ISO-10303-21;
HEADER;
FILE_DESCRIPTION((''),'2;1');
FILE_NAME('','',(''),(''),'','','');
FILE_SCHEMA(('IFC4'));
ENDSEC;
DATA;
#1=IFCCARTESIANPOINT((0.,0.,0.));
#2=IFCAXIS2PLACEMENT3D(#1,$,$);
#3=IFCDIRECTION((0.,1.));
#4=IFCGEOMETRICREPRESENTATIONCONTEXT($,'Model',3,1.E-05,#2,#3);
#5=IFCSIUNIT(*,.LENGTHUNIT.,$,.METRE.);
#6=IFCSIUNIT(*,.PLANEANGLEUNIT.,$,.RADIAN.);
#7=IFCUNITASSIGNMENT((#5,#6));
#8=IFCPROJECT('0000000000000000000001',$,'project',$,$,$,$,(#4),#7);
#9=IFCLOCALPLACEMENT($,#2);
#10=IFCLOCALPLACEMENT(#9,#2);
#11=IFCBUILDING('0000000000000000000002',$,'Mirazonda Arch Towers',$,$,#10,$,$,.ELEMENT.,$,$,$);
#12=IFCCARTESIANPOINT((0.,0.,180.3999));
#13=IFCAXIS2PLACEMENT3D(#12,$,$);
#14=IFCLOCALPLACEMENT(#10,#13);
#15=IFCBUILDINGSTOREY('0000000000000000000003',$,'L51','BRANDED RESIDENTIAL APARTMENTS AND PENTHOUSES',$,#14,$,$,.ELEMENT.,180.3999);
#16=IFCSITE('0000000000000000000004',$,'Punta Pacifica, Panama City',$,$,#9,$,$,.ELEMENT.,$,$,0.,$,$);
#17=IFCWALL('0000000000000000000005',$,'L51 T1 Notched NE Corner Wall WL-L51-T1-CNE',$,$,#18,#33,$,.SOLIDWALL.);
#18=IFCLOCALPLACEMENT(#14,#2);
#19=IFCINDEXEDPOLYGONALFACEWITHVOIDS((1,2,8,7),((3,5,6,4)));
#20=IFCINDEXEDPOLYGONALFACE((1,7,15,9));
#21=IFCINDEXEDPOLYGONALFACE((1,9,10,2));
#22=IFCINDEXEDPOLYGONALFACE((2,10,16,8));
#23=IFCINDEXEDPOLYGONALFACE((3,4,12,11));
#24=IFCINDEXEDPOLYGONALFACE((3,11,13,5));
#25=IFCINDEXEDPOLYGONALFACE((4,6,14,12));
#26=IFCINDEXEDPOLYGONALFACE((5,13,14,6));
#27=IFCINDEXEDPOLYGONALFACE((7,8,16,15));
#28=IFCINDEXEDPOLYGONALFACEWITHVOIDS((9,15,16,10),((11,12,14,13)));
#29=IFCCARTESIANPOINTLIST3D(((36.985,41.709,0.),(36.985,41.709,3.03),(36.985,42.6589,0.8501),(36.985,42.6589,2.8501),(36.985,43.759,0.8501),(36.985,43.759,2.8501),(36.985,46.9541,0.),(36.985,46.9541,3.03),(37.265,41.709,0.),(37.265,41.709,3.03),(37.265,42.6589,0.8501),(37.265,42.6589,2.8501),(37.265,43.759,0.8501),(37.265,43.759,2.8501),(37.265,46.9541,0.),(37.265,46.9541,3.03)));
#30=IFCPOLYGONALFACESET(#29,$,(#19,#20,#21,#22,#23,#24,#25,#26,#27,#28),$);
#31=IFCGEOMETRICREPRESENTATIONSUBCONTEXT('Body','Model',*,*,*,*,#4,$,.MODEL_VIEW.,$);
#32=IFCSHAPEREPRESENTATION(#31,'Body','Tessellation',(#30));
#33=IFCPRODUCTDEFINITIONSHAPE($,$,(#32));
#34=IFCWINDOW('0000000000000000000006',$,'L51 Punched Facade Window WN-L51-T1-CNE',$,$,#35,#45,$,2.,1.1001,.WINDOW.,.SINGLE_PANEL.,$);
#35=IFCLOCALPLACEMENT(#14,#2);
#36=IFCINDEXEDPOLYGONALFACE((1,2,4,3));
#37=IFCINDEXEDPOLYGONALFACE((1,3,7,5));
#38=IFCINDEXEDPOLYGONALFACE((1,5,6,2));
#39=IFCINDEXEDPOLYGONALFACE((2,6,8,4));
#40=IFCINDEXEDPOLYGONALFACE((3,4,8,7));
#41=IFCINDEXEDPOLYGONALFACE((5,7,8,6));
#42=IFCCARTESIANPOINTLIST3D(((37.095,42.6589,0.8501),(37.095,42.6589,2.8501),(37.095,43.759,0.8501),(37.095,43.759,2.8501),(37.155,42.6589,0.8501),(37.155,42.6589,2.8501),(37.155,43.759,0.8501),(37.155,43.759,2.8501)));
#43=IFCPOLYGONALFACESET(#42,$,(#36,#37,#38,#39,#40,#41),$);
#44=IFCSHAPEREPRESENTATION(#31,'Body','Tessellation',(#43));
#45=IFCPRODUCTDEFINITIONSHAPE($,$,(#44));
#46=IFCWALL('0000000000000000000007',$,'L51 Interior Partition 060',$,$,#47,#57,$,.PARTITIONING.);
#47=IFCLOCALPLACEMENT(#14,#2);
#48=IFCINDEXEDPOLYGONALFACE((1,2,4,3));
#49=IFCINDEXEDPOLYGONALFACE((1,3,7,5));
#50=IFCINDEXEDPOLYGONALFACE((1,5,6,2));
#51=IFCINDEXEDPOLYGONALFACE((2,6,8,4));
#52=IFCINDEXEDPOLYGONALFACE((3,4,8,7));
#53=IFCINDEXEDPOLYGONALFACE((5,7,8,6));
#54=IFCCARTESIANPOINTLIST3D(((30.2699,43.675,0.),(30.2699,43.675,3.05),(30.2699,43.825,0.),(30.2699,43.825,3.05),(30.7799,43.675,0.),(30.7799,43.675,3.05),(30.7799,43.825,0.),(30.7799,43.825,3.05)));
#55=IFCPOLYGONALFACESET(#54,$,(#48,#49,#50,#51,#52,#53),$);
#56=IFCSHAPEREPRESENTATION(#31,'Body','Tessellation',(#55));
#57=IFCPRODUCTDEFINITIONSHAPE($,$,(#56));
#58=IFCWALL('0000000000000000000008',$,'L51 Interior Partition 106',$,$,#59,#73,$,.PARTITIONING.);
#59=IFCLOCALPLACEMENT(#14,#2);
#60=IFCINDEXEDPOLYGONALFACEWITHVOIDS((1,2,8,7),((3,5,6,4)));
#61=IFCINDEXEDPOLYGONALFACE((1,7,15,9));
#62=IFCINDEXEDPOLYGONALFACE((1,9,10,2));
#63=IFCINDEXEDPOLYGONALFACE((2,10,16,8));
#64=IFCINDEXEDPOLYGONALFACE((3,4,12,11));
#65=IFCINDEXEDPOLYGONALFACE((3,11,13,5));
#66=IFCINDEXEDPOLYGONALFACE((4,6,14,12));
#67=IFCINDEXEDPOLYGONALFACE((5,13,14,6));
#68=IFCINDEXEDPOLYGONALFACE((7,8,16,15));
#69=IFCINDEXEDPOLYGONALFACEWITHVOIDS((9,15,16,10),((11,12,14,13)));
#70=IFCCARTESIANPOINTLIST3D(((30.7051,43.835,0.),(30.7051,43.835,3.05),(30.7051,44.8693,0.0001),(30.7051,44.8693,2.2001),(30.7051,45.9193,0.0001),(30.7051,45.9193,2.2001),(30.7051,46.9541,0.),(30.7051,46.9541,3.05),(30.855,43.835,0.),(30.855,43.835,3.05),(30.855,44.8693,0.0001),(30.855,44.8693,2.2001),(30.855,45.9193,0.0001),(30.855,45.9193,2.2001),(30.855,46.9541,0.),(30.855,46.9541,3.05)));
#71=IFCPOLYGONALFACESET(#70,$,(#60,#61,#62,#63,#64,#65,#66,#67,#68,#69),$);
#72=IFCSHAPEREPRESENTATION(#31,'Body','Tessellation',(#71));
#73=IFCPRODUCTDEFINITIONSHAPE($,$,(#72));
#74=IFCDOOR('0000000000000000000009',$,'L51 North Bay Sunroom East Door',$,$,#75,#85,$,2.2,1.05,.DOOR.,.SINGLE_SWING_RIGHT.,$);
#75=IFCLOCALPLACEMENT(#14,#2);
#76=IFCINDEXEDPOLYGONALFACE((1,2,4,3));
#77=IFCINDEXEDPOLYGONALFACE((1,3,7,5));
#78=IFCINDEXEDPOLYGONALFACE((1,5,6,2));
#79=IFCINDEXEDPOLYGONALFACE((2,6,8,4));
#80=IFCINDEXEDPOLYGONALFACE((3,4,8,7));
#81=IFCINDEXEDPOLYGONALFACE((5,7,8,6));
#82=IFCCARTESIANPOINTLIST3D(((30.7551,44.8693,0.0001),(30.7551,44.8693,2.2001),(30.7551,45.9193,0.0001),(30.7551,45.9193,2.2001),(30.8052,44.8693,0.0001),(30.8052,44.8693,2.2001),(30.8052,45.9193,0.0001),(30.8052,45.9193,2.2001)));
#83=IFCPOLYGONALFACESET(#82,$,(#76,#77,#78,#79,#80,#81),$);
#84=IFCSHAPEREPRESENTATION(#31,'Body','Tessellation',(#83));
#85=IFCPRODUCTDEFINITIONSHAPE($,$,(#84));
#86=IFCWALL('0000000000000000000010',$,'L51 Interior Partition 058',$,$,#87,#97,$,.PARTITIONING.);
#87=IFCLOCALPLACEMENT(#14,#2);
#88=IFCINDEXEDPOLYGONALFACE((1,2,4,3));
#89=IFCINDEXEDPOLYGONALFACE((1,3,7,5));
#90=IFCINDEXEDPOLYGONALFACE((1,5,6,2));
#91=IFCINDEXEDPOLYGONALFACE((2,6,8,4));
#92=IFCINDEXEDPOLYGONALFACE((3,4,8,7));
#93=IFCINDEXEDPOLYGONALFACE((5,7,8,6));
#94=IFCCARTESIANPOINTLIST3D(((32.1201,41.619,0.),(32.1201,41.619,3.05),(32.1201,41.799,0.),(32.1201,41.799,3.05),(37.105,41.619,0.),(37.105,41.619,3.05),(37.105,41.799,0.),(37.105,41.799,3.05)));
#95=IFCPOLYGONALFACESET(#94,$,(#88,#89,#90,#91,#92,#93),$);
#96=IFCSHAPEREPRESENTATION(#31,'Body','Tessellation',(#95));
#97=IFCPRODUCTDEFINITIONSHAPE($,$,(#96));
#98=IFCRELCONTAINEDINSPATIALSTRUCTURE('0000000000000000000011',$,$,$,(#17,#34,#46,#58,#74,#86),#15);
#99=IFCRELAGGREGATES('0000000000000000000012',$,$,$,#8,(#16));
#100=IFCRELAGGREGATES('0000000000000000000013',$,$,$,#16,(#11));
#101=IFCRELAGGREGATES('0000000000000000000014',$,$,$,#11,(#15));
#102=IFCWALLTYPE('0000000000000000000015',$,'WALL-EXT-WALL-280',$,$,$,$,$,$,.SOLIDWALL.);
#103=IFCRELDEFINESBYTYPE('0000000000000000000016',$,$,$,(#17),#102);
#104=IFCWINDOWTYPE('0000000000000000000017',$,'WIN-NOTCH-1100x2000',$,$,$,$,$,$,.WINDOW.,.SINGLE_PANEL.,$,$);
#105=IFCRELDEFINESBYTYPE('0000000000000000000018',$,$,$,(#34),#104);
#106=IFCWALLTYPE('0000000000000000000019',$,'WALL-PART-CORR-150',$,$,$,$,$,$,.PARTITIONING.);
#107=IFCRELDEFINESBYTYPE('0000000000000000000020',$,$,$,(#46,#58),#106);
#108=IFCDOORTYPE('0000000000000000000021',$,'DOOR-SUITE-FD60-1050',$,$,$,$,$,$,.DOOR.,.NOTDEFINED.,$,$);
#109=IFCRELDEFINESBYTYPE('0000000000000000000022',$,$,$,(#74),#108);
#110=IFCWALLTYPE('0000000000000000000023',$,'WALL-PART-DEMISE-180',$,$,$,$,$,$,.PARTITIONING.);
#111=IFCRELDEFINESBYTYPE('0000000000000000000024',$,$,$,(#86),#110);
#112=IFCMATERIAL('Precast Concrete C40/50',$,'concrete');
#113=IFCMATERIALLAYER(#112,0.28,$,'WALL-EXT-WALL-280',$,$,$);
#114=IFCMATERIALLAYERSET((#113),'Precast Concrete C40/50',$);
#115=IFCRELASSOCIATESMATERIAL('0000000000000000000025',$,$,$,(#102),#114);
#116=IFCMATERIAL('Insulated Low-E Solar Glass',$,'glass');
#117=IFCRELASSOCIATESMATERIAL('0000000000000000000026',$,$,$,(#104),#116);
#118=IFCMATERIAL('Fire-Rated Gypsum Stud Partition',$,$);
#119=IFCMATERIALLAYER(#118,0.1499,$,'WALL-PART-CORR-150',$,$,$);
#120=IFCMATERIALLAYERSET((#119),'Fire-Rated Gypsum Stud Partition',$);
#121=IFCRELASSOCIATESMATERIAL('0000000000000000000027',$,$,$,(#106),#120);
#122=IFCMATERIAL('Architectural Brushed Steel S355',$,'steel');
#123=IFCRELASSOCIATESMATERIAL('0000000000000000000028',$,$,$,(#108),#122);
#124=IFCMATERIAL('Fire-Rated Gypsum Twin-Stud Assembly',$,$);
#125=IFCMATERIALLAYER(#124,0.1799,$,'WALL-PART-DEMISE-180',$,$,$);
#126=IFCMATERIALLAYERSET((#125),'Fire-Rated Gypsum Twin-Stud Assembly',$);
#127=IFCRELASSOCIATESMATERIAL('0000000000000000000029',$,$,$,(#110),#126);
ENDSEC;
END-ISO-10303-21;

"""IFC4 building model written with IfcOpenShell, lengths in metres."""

from ifc_helpers import new_model, si_unit, direction, frame, frame_2d, origin, place, context, subcontext, project, spatial, rectangle, extrude, material, layer, layer_set, type_object, element, fill, save


model = new_model("IFC4")

# Units and contexts
model_context = context("Model", 3, precision=1e-05, world=origin(), true_north=direction((0.0, 1.0)))
body_context = subcontext(model_context, "Body", "Model", "MODEL_VIEW")
ifc_project = project(units=[si_unit("LENGTHUNIT", "METRE"), si_unit("PLANEANGLEUNIT", "RADIAN")], contexts=[model_context])

# Site, building, storey
site_placement = place(None, origin())
site = spatial("IfcSite", under=ifc_project, at=site_placement, Name="Punta Pacifica, Panama City", CompositionType="ELEMENT", RefElevation=0.0)
building_placement = place(site_placement, origin())
building = spatial("IfcBuilding", under=site, at=building_placement, Name="Mirazonda Arch Towers", CompositionType="ELEMENT")
storey_placement = place(building_placement, frame((0.0, 0.0, 180.3999)))
storey = spatial("IfcBuildingStorey", under=building, at=storey_placement, Name="L51", Description="BRANDED RESIDENTIAL APARTMENTS AND PENTHOUSES", CompositionType="ELEMENT", Elevation=180.3999)

# Shared definitions
ifc_material_1 = material(Name="Insulated Low-E Solar Glass", Category="glass")

# Wall, opening, window
ifc_material_2 = material(Name="Precast Concrete C40/50", Category="concrete")
ifc_layer_1 = layer(ifc_material_2, 0.28, Name="WALL-EXT-WALL-280")
ifc_layer_set_1 = layer_set([ifc_layer_1], Name="Precast Concrete C40/50")
wall_type_1 = type_object("IfcWallType", Name="WALL-EXT-WALL-280", PredefinedType="SOLIDWALL", material=ifc_layer_set_1)
wall_1_placement = place(storey_placement, frame((37.125, 41.709, 0.0), z_axis=(0.0, 0.0, 1.0), x_axis=(0.0, 1.0, 0.0)))
wall_1 = element("IfcWall", 1, at=wall_1_placement, inside=storey, type_object=wall_type_1, Name="L51 T1 Notched NE Corner Wall WL-L51-T1-CNE", PredefinedType="SOLIDWALL", context=body_context, shape_type="SweptSolid", body=[
    extrude(rectangle(XDim=5.2451, YDim=0.28, at=frame_2d((2.6226, 0.0))), origin(), (0.0, 0.0, 1.0), 3.03),
])
opening_1_placement = place(wall_1_placement, frame((0.95, 0.0, 0.8501)))
opening_1 = element("IfcOpeningElement", 2, at=opening_1_placement, cuts=wall_1, PredefinedType="OPENING", context=body_context, shape_type="SweptSolid", body=[
    extrude(rectangle(XDim=1.1001, YDim=2.0, at=frame_2d((0.55, 1.0))), frame((0.0, 0.1499, 0.0), z_axis=(0.0, -1.0, 0.0), x_axis=(1.0, 0.0, 0.0)), (0.0, 0.0, 1.0), 0.3),
])
window_type = type_object("IfcWindowType", Name="WIN-NOTCH-1100x2000", PartitioningType="SINGLE_PANEL", PredefinedType="WINDOW", material=ifc_material_1)
window_placement = place(opening_1_placement, origin())
window = element("IfcWindow", 3, at=window_placement, inside=storey, type_object=window_type, Name="L51 Punched Facade Window WN-L51-T1-CNE", OverallHeight=2.0, OverallWidth=1.1001, PartitioningType="SINGLE_PANEL", PredefinedType="WINDOW", context=body_context, shape_type="SweptSolid", body=[
    extrude(rectangle(XDim=1.1001, YDim=2.0, at=frame_2d((0.55, 1.0))), frame((0.0, 0.03, 0.0), z_axis=(0.0, -1.0, 0.0), x_axis=(1.0, 0.0, 0.0)), (0.0, 0.0, 1.0), 0.0601),
])
fill(opening_1, window)

# Wall
ifc_material_3 = material(Name="Fire-Rated Gypsum Stud Partition")
ifc_layer_2 = layer(ifc_material_3, 0.1499, Name="WALL-PART-CORR-150")
ifc_layer_set_2 = layer_set([ifc_layer_2], Name="Fire-Rated Gypsum Stud Partition")
wall_type_2 = type_object("IfcWallType", Name="WALL-PART-CORR-150", PredefinedType="PARTITIONING", material=ifc_layer_set_2)
wall_2_placement = place(storey_placement, frame((30.27, 43.75, 0.0), z_axis=(0.0, 0.0, 1.0), x_axis=(1.0, 0.0, 0.0)))
element("IfcWall", 4, at=wall_2_placement, inside=storey, type_object=wall_type_2, Name="L51 Interior Partition 060", PredefinedType="PARTITIONING", context=body_context, shape_type="SweptSolid", body=[
    extrude(rectangle(XDim=0.51, YDim=0.1499, at=frame_2d((0.2549, 0.0))), origin(), (0.0, 0.0, 1.0), 3.05),
])

# Wall, opening, door
wall_3_placement = place(storey_placement, frame((30.78, 43.835, 0.0), z_axis=(0.0, 0.0, 1.0), x_axis=(0.0, 1.0, 0.0)))
wall_3 = element("IfcWall", 5, at=wall_3_placement, inside=storey, type_object=wall_type_2, Name="L51 Interior Partition 106", PredefinedType="PARTITIONING", context=body_context, shape_type="SweptSolid", body=[
    extrude(rectangle(XDim=3.1191, YDim=0.1499, at=frame_2d((1.5596, 0.0))), origin(), (0.0, 0.0, 1.0), 3.05),
])
opening_2_placement = place(wall_3_placement, frame((1.0344, 0.0, 0.0)))
opening_2 = element("IfcOpeningElement", 6, at=opening_2_placement, cuts=wall_3, PredefinedType="OPENING", context=body_context, shape_type="SweptSolid", body=[
    extrude(rectangle(XDim=1.05, YDim=2.2, at=frame_2d((0.5249, 1.1001))), frame((0.0, 0.085, 0.0), z_axis=(0.0, -1.0, 0.0), x_axis=(1.0, 0.0, 0.0)), (0.0, 0.0, 1.0), 0.1699),
])
ifc_material_4 = material(Name="Architectural Brushed Steel S355", Category="steel")
door_type_1 = type_object("IfcDoorType", Name="DOOR-SUITE-FD60-1050", OperationType="NOTDEFINED", PredefinedType="DOOR", material=ifc_material_4)
door_1_placement = place(opening_2_placement, origin())
door_1 = element("IfcDoor", 7, at=door_1_placement, inside=storey, type_object=door_type_1, Name="L51 North Bay Sunroom East Door", OperationType="SINGLE_SWING_RIGHT", OverallHeight=2.2, OverallWidth=1.05, PredefinedType="DOOR", context=body_context, shape_type="SweptSolid", body=[
    extrude(rectangle(XDim=1.05, YDim=2.2, at=frame_2d((0.5249, 1.1001))), frame((0.0, 0.0249, 0.0), z_axis=(0.0, -1.0, 0.0), x_axis=(1.0, 0.0, 0.0)), (0.0, 0.0, 1.0), 0.05),
])
fill(opening_2, door_1)

# Wall
ifc_material_5 = material(Name="Fire-Rated Gypsum Twin-Stud Assembly")
ifc_layer_3 = layer(ifc_material_5, 0.1799, Name="WALL-PART-DEMISE-180")
ifc_layer_set_3 = layer_set([ifc_layer_3], Name="Fire-Rated Gypsum Twin-Stud Assembly")
wall_type_3 = type_object("IfcWallType", Name="WALL-PART-DEMISE-180", PredefinedType="PARTITIONING", material=ifc_layer_set_3)
wall_4_placement = place(storey_placement, frame((32.1201, 41.709, 0.0), z_axis=(0.0, 0.0, 1.0), x_axis=(1.0, 0.0, 0.0)))
element("IfcWall", 8, at=wall_4_placement, inside=storey, type_object=wall_type_3, Name="L51 Interior Partition 058", PredefinedType="PARTITIONING", context=body_context, shape_type="SweptSolid", body=[
    extrude(rectangle(XDim=4.9849, YDim=0.1799, at=frame_2d((2.4924, 0.0))), origin(), (0.0, 0.0, 1.0), 3.05),
])

save(model, "model.ifc")
